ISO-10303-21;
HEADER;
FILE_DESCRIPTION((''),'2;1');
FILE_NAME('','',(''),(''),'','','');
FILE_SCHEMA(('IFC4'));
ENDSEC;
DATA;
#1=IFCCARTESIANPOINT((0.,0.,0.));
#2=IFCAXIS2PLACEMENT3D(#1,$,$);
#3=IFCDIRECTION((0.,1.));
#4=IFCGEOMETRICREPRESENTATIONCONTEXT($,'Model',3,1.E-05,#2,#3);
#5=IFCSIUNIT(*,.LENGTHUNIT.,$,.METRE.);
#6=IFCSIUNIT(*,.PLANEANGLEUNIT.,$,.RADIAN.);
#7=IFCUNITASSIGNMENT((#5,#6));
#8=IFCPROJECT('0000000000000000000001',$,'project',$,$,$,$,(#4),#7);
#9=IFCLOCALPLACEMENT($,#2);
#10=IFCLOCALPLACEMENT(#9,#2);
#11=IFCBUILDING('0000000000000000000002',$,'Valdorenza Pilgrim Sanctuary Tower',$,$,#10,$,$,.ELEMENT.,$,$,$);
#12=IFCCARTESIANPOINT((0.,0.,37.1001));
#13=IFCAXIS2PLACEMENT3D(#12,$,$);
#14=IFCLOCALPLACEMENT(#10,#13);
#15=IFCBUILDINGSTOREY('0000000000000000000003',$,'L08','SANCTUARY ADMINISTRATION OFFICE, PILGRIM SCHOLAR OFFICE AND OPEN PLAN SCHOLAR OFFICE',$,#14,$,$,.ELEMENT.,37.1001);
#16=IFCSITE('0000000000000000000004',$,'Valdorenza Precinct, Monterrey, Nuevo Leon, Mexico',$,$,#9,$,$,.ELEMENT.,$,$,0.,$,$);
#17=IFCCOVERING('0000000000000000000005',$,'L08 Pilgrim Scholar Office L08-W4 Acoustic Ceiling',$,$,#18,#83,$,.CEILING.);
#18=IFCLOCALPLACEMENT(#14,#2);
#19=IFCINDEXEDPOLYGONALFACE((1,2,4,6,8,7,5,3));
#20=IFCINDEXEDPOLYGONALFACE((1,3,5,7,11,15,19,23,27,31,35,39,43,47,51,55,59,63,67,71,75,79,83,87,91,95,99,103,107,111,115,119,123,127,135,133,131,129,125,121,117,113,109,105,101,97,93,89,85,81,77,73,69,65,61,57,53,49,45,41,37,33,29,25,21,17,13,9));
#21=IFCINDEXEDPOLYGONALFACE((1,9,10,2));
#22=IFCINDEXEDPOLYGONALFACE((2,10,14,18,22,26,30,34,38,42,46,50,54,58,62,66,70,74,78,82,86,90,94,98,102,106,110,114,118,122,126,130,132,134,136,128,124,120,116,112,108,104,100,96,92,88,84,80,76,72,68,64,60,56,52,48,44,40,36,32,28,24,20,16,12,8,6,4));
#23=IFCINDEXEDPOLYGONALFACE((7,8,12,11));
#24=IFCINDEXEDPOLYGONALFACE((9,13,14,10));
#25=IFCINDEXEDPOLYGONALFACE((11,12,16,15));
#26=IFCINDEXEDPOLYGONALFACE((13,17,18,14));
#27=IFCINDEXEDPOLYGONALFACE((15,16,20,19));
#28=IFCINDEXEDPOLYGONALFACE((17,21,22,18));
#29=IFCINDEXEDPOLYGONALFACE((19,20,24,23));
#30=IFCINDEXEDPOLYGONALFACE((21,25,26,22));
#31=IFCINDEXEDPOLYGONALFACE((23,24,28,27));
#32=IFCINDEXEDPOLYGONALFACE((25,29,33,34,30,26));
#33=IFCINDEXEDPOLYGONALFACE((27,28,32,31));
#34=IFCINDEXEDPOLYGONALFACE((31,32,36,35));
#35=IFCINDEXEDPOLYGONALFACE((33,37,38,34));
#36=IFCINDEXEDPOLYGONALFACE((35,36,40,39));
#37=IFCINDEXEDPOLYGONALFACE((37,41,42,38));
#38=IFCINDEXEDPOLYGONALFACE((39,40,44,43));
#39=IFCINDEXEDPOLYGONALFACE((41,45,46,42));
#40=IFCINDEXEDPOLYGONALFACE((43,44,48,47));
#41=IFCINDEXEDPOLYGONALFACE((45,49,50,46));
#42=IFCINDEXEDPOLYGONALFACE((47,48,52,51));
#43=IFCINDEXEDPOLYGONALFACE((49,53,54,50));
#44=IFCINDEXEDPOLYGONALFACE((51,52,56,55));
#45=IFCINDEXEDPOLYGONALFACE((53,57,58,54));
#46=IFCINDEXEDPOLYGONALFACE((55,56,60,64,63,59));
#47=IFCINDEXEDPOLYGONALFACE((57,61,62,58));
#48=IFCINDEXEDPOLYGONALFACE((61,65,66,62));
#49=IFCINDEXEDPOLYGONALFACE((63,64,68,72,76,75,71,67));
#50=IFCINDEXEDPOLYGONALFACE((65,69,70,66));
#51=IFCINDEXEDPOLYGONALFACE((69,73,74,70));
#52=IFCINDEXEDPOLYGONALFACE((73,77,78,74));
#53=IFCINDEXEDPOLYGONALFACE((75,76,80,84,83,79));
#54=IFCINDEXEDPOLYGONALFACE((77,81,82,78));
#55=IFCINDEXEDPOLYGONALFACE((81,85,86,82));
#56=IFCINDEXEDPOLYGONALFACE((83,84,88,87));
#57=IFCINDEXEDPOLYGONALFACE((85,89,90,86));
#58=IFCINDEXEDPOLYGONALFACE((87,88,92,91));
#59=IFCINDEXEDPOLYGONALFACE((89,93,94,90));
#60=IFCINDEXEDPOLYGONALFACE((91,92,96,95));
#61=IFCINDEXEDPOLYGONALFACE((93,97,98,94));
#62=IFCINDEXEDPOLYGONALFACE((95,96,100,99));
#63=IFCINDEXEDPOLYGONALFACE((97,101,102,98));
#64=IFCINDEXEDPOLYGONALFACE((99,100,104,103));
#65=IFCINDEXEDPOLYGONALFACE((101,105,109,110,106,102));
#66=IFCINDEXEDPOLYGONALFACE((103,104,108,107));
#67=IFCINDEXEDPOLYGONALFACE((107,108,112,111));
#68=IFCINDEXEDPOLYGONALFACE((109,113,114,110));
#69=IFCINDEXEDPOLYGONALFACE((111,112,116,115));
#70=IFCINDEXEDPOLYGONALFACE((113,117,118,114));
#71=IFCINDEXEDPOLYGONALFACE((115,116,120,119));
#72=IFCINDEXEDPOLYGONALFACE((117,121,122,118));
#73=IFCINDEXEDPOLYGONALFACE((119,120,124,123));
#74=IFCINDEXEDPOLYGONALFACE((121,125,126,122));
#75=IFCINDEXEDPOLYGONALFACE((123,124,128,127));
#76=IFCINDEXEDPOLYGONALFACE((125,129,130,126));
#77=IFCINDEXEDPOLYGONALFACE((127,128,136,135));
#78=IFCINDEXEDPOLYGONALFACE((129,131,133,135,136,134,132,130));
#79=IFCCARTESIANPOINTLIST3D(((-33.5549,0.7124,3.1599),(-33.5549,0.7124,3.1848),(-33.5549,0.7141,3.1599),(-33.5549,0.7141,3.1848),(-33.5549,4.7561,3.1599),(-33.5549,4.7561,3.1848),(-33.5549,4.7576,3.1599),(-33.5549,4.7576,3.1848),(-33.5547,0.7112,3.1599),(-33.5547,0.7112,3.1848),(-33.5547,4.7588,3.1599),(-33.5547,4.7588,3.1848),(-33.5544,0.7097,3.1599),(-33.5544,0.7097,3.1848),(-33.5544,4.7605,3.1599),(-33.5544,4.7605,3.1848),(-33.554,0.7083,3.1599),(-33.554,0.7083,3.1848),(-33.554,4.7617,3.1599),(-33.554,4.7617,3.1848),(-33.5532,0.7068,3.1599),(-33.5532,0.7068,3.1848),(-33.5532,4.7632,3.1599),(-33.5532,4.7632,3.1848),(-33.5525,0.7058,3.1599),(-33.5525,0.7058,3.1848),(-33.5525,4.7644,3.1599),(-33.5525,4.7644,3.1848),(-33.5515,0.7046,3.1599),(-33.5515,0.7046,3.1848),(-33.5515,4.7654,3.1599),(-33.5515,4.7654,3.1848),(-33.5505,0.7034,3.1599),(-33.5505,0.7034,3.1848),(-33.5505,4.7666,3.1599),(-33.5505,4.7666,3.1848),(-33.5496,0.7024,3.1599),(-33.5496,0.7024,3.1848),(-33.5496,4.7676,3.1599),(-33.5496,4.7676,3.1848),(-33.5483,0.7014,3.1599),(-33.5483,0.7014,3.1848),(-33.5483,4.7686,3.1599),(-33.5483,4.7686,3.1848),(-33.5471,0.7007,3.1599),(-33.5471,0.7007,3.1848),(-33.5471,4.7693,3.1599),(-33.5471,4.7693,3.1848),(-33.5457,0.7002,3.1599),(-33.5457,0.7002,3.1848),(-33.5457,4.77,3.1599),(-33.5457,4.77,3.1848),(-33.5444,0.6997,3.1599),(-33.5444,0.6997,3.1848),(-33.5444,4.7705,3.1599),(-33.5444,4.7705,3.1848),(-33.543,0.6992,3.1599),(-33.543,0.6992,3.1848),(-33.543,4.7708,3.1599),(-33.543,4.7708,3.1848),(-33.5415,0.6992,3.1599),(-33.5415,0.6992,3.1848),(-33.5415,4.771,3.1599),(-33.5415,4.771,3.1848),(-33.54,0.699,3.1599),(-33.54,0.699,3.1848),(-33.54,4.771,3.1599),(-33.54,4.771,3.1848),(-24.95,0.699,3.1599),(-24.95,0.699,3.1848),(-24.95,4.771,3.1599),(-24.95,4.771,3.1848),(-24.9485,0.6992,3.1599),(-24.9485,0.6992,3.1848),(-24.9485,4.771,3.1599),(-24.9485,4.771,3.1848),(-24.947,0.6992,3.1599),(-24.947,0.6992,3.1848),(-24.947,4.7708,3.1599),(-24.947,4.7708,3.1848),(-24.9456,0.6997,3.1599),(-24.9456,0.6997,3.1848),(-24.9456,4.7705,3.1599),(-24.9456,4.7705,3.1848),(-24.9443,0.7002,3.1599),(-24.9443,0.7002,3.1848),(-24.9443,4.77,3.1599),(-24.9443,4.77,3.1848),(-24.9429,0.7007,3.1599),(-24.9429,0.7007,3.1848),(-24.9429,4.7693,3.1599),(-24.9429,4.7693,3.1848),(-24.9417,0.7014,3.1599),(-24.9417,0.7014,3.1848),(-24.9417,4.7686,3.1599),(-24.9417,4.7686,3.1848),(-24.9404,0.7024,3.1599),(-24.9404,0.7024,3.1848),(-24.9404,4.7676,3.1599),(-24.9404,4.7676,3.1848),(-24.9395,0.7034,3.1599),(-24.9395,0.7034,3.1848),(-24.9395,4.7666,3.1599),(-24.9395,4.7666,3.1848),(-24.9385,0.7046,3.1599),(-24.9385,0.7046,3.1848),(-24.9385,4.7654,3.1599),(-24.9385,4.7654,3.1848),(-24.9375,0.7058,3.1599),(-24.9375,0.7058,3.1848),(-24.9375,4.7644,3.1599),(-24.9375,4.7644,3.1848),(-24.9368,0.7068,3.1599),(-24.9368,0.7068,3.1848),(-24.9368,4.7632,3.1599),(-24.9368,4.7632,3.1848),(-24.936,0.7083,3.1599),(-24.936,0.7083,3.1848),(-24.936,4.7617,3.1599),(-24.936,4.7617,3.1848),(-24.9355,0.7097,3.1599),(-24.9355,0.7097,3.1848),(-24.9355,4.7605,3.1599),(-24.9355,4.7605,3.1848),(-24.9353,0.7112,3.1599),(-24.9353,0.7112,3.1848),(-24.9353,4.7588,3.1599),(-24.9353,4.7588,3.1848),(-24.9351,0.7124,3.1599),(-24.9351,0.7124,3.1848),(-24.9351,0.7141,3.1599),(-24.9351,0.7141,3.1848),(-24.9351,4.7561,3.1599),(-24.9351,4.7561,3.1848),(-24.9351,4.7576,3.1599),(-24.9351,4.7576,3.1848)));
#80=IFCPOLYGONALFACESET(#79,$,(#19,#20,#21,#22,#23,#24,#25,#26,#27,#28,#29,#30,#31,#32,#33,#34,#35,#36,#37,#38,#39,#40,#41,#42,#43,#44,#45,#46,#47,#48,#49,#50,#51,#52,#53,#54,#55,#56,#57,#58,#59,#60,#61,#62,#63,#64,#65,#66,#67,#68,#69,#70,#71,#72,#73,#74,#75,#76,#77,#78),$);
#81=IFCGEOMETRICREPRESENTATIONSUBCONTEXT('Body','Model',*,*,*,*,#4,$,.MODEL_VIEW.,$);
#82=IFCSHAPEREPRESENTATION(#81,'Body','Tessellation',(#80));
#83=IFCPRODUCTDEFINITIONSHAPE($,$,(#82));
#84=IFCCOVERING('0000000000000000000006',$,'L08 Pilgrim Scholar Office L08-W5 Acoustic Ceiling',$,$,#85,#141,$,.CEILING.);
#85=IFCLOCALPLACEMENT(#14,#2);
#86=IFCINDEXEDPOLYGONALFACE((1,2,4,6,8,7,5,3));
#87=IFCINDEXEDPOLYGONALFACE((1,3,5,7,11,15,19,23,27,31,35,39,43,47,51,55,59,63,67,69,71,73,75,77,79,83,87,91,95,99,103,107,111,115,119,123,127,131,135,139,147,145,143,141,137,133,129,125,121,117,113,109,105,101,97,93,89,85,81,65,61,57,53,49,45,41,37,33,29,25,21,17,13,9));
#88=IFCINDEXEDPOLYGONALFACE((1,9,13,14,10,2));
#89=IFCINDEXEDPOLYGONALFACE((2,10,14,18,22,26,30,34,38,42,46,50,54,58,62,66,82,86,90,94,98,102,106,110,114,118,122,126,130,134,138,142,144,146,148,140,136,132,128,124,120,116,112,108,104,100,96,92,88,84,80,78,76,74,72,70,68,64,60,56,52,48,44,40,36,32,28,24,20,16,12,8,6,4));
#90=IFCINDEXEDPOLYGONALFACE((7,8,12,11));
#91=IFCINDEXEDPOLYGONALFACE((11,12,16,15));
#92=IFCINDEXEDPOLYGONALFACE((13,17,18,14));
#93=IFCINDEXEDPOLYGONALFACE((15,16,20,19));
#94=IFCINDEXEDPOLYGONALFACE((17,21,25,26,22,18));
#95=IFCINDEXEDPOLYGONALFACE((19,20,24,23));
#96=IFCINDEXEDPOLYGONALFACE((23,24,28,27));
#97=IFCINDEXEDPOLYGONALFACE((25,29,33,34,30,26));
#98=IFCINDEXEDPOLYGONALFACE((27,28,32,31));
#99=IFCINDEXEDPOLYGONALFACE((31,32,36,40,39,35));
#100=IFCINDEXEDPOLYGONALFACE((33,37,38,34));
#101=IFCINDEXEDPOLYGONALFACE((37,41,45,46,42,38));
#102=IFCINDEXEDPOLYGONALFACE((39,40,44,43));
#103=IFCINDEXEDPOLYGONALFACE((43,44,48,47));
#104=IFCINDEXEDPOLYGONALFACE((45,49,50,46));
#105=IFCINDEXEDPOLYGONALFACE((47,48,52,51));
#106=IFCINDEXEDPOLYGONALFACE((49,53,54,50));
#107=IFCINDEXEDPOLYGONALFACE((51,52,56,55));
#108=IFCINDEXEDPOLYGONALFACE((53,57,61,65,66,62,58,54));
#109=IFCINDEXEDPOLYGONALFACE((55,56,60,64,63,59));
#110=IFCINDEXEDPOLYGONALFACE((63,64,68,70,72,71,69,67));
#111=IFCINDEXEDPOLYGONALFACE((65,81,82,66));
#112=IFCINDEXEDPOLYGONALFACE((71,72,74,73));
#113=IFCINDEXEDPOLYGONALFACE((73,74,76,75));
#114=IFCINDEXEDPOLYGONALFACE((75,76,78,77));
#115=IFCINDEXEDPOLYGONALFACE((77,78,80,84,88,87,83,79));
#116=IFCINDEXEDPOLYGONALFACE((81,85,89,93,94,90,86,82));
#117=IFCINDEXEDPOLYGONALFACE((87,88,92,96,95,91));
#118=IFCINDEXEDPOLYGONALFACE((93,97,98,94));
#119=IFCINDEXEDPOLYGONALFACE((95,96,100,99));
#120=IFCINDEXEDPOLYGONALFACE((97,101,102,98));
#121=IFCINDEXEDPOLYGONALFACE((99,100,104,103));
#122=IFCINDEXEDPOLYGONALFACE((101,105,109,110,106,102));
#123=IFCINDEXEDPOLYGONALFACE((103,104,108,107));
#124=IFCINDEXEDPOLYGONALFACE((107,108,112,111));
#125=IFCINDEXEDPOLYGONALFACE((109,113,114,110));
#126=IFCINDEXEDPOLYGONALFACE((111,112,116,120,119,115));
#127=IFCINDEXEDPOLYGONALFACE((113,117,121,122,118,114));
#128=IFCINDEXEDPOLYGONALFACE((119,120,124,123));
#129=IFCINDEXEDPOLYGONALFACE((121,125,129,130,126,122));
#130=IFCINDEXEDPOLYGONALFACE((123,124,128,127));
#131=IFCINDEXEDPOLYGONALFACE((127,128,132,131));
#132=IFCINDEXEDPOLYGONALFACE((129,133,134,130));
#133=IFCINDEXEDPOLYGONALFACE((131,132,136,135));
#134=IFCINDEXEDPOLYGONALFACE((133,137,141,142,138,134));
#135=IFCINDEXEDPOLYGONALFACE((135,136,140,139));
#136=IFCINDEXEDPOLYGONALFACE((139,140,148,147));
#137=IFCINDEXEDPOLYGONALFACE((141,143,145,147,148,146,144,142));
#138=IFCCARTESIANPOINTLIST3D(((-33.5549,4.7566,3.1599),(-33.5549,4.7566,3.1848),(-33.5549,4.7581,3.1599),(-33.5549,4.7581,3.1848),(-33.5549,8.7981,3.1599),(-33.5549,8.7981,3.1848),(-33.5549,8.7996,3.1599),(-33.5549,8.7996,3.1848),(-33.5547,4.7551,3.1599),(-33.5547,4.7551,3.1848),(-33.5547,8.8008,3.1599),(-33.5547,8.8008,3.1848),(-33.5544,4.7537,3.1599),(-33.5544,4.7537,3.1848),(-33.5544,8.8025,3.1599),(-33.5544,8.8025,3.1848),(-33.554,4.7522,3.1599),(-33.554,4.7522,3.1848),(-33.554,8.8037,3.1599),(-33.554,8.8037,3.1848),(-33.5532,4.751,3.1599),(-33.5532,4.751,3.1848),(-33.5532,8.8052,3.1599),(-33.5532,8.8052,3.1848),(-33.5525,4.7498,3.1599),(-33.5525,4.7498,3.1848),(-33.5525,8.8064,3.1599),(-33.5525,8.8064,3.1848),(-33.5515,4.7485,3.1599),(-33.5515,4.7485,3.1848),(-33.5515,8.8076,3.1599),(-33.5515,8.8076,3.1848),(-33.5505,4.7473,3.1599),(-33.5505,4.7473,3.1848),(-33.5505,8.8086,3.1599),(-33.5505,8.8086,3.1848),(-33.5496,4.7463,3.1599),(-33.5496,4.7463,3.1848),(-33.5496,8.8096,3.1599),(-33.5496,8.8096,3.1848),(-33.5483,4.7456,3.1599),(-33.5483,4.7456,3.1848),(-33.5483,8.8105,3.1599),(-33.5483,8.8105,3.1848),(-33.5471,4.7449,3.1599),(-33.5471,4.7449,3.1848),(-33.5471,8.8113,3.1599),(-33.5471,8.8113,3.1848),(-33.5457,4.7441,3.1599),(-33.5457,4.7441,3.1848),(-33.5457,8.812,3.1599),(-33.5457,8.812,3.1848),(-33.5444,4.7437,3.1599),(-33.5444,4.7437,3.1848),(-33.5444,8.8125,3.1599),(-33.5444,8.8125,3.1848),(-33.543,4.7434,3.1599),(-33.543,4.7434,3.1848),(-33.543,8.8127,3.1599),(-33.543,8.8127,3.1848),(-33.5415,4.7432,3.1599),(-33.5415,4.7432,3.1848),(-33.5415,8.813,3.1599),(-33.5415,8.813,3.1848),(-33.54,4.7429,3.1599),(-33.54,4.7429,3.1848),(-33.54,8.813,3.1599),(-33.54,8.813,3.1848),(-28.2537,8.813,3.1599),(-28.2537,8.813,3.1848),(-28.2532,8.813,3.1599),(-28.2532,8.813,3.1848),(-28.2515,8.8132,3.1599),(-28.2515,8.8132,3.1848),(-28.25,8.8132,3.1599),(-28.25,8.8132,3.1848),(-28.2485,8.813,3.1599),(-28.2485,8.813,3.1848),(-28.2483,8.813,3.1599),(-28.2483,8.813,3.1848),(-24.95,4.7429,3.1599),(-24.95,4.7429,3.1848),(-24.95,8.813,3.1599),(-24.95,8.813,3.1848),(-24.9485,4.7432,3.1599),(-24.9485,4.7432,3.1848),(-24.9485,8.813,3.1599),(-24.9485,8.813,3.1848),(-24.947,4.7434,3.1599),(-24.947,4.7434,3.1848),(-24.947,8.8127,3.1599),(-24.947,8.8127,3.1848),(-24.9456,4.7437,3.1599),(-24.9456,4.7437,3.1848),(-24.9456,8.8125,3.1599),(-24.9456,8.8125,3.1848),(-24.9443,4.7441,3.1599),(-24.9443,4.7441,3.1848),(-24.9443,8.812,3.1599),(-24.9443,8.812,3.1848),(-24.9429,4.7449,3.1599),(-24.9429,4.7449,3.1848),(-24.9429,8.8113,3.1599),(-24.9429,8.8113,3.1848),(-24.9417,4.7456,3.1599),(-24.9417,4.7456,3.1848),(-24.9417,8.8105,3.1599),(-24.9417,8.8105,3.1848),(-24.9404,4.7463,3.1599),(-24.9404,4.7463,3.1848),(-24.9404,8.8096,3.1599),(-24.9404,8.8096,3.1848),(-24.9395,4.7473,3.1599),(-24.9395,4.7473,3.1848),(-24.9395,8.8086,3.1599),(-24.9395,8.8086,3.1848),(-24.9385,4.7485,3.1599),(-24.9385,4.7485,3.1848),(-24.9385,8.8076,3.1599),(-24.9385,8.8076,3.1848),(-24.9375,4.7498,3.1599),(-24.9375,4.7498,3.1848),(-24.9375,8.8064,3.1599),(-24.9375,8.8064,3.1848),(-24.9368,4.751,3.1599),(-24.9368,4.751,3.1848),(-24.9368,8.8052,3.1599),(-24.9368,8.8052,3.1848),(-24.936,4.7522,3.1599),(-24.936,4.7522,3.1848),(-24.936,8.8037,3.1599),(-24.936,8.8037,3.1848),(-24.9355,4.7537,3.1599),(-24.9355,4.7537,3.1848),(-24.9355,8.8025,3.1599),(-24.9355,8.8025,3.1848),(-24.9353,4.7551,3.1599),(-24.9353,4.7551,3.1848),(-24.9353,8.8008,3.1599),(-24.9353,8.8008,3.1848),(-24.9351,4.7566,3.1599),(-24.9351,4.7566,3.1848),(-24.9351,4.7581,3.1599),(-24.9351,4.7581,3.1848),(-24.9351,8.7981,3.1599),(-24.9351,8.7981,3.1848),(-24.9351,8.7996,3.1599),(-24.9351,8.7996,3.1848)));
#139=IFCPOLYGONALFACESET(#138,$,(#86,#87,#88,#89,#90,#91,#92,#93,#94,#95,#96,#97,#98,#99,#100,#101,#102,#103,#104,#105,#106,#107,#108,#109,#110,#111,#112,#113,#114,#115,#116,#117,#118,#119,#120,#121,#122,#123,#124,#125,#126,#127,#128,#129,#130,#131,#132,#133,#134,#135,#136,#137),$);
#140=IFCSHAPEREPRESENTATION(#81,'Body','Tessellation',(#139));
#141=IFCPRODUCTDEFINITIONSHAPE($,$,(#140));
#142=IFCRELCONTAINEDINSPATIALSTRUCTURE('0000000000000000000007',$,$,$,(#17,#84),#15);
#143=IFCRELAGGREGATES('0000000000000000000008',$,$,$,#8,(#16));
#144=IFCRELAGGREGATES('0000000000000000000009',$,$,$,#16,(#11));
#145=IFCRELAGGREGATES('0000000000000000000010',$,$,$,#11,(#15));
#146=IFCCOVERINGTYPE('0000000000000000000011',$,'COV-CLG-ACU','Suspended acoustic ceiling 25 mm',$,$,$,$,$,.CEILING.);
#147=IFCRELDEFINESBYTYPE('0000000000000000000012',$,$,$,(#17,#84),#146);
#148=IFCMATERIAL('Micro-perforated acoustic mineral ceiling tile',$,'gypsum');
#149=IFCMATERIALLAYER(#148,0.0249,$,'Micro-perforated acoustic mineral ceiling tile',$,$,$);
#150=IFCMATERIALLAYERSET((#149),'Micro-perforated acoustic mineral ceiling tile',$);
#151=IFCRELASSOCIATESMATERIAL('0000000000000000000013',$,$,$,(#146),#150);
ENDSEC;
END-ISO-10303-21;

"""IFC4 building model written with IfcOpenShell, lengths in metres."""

from ifc_helpers import new_model, si_unit, direction, frame, origin, place, context, subcontext, project, spatial, polyline, outline, extrude, material, layer, layer_set, type_object, element, save


model = new_model("IFC4")

# Units and contexts
model_context = context("Model", 3, precision=1e-05, world=origin(), true_north=direction((0.0, 1.0)))
body_context = subcontext(model_context, "Body", "Model", "MODEL_VIEW")
ifc_project = project(units=[si_unit("LENGTHUNIT", "METRE"), si_unit("PLANEANGLEUNIT", "RADIAN")], contexts=[model_context])

# Site, building, storey
site_placement = place(None, origin())
site = spatial("IfcSite", under=ifc_project, at=site_placement, Name="Valdorenza Precinct, Monterrey, Nuevo Leon, Mexico", CompositionType="ELEMENT", RefElevation=0.0)
building_placement = place(site_placement, origin())
building = spatial("IfcBuilding", under=site, at=building_placement, Name="Valdorenza Pilgrim Sanctuary Tower", CompositionType="ELEMENT")
storey_placement = place(building_placement, frame((0.0, 0.0, 37.1001)))
storey = spatial("IfcBuildingStorey", under=building, at=storey_placement, Name="L08", Description="SANCTUARY ADMINISTRATION OFFICE, PILGRIM SCHOLAR OFFICE AND OPEN PLAN SCHOLAR OFFICE", CompositionType="ELEMENT", Elevation=37.1001)

# Coverings
ifc_material_1 = material(Name="Micro-perforated acoustic mineral ceiling tile", Category="gypsum")
ifc_layer_1 = layer(ifc_material_1, 0.0249, Name="Micro-perforated acoustic mineral ceiling tile")
ifc_layer_set_1 = layer_set([ifc_layer_1], Name="Micro-perforated acoustic mineral ceiling tile")
covering_type_1 = type_object("IfcCoveringType", Name="COV-CLG-ACU", Description="Suspended acoustic ceiling 25 mm", PredefinedType="CEILING", material=ifc_layer_set_1)
covering_1_placement = place(storey_placement, frame((0.0, 0.0, 3.1599)))
element("IfcCovering", 1, at=covering_1_placement, inside=storey, type_object=covering_type_1, Name="L08 Pilgrim Scholar Office L08-W4 Acoustic Ceiling", PredefinedType="CEILING", context=body_context, shape_type="SweptSolid", body=[
    extrude(outline(polyline([(-24.9351, 0.7141), (-24.9351, 0.7124), (-24.9353, 0.7112), (-24.9355, 0.7097), (-24.936, 0.7083), (-24.9368, 0.7068), (-24.9375, 0.7058), (-24.9385, 0.7046), (-24.9395, 0.7034), (-24.9404, 0.7024), (-24.9417, 0.7014), (-24.9429, 0.7007), (-24.9443, 0.7002), (-24.9456, 0.6997), (-24.947, 0.6992), (-24.9485, 0.6992), (-24.95, 0.699), (-33.54, 0.699), (-33.5415, 0.6992), (-33.543, 0.6992), (-33.5444, 0.6997), (-33.5457, 0.7002), (-33.5471, 0.7007), (-33.5483, 0.7014), (-33.5496, 0.7024), (-33.5505, 0.7034), (-33.5515, 0.7046), (-33.5525, 0.7058), (-33.5532, 0.7068), (-33.554, 0.7083), (-33.5544, 0.7097), (-33.5547, 0.7112), (-33.5549, 0.7124), (-33.5549, 0.7141), (-33.5549, 4.7561), (-33.5549, 4.7576), (-33.5547, 4.7588), (-33.5544, 4.7605), (-33.554, 4.7617), (-33.5532, 4.7632), (-33.5525, 4.7644), (-33.5515, 4.7654), (-33.5505, 4.7666), (-33.5496, 4.7676), (-33.5483, 4.7686), (-33.5471, 4.7693), (-33.5457, 4.77), (-33.5444, 4.7705), (-33.543, 4.7708), (-33.5415, 4.771), (-33.54, 4.771), (-24.95, 4.771), (-24.9485, 4.771), (-24.947, 4.7708), (-24.9456, 4.7705), (-24.9443, 4.77), (-24.9429, 4.7693), (-24.9417, 4.7686), (-24.9404, 4.7676), (-24.9395, 4.7666), (-24.9385, 4.7654), (-24.9375, 4.7644), (-24.9368, 4.7632), (-24.936, 4.7617), (-24.9355, 4.7605), (-24.9353, 4.7588), (-24.9351, 4.7576), (-24.9351, 4.7561), (-24.9351, 0.7141)])), origin(), (0.0, 0.0, 1.0), 0.0249),
])
covering_2_placement = place(storey_placement, frame((0.0, 0.0, 3.1599)))
element("IfcCovering", 2, at=covering_2_placement, inside=storey, type_object=covering_type_1, Name="L08 Pilgrim Scholar Office L08-W5 Acoustic Ceiling", PredefinedType="CEILING", context=body_context, shape_type="SweptSolid", body=[
    extrude(outline(polyline([(-28.2537, 8.813), (-28.2532, 8.813), (-28.2515, 8.8132), (-28.25, 8.8132), (-28.2485, 8.813), (-28.2483, 8.813), (-24.95, 8.813), (-24.9485, 8.813), (-24.947, 8.8127), (-24.9456, 8.8125), (-24.9443, 8.812), (-24.9429, 8.8113), (-24.9417, 8.8105), (-24.9404, 8.8096), (-24.9395, 8.8086), (-24.9385, 8.8076), (-24.9375, 8.8064), (-24.9368, 8.8052), (-24.936, 8.8037), (-24.9355, 8.8025), (-24.9353, 8.8008), (-24.9351, 8.7996), (-24.9351, 8.7981), (-24.9351, 4.7581), (-24.9351, 4.7566), (-24.9353, 4.7551), (-24.9355, 4.7537), (-24.936, 4.7522), (-24.9368, 4.751), (-24.9375, 4.7498), (-24.9385, 4.7485), (-24.9395, 4.7473), (-24.9404, 4.7463), (-24.9417, 4.7456), (-24.9429, 4.7449), (-24.9443, 4.7441), (-24.9456, 4.7437), (-24.947, 4.7434), (-24.9485, 4.7432), (-24.95, 4.7429), (-33.54, 4.7429), (-33.5415, 4.7432), (-33.543, 4.7434), (-33.5444, 4.7437), (-33.5457, 4.7441), (-33.5471, 4.7449), (-33.5483, 4.7456), (-33.5496, 4.7463), (-33.5505, 4.7473), (-33.5515, 4.7485), (-33.5525, 4.7498), (-33.5532, 4.751), (-33.554, 4.7522), (-33.5544, 4.7537), (-33.5547, 4.7551), (-33.5549, 4.7566), (-33.5549, 4.7581), (-33.5549, 8.7981), (-33.5549, 8.7996), (-33.5547, 8.8008), (-33.5544, 8.8025), (-33.554, 8.8037), (-33.5532, 8.8052), (-33.5525, 8.8064), (-33.5515, 8.8076), (-33.5505, 8.8086), (-33.5496, 8.8096), (-33.5483, 8.8105), (-33.5471, 8.8113), (-33.5457, 8.812), (-33.5444, 8.8125), (-33.543, 8.8127), (-33.5415, 8.813), (-33.54, 8.813), (-28.2537, 8.813)])), origin(), (0.0, 0.0, 1.0), 0.0249),
])

save(model, "model.ifc")
